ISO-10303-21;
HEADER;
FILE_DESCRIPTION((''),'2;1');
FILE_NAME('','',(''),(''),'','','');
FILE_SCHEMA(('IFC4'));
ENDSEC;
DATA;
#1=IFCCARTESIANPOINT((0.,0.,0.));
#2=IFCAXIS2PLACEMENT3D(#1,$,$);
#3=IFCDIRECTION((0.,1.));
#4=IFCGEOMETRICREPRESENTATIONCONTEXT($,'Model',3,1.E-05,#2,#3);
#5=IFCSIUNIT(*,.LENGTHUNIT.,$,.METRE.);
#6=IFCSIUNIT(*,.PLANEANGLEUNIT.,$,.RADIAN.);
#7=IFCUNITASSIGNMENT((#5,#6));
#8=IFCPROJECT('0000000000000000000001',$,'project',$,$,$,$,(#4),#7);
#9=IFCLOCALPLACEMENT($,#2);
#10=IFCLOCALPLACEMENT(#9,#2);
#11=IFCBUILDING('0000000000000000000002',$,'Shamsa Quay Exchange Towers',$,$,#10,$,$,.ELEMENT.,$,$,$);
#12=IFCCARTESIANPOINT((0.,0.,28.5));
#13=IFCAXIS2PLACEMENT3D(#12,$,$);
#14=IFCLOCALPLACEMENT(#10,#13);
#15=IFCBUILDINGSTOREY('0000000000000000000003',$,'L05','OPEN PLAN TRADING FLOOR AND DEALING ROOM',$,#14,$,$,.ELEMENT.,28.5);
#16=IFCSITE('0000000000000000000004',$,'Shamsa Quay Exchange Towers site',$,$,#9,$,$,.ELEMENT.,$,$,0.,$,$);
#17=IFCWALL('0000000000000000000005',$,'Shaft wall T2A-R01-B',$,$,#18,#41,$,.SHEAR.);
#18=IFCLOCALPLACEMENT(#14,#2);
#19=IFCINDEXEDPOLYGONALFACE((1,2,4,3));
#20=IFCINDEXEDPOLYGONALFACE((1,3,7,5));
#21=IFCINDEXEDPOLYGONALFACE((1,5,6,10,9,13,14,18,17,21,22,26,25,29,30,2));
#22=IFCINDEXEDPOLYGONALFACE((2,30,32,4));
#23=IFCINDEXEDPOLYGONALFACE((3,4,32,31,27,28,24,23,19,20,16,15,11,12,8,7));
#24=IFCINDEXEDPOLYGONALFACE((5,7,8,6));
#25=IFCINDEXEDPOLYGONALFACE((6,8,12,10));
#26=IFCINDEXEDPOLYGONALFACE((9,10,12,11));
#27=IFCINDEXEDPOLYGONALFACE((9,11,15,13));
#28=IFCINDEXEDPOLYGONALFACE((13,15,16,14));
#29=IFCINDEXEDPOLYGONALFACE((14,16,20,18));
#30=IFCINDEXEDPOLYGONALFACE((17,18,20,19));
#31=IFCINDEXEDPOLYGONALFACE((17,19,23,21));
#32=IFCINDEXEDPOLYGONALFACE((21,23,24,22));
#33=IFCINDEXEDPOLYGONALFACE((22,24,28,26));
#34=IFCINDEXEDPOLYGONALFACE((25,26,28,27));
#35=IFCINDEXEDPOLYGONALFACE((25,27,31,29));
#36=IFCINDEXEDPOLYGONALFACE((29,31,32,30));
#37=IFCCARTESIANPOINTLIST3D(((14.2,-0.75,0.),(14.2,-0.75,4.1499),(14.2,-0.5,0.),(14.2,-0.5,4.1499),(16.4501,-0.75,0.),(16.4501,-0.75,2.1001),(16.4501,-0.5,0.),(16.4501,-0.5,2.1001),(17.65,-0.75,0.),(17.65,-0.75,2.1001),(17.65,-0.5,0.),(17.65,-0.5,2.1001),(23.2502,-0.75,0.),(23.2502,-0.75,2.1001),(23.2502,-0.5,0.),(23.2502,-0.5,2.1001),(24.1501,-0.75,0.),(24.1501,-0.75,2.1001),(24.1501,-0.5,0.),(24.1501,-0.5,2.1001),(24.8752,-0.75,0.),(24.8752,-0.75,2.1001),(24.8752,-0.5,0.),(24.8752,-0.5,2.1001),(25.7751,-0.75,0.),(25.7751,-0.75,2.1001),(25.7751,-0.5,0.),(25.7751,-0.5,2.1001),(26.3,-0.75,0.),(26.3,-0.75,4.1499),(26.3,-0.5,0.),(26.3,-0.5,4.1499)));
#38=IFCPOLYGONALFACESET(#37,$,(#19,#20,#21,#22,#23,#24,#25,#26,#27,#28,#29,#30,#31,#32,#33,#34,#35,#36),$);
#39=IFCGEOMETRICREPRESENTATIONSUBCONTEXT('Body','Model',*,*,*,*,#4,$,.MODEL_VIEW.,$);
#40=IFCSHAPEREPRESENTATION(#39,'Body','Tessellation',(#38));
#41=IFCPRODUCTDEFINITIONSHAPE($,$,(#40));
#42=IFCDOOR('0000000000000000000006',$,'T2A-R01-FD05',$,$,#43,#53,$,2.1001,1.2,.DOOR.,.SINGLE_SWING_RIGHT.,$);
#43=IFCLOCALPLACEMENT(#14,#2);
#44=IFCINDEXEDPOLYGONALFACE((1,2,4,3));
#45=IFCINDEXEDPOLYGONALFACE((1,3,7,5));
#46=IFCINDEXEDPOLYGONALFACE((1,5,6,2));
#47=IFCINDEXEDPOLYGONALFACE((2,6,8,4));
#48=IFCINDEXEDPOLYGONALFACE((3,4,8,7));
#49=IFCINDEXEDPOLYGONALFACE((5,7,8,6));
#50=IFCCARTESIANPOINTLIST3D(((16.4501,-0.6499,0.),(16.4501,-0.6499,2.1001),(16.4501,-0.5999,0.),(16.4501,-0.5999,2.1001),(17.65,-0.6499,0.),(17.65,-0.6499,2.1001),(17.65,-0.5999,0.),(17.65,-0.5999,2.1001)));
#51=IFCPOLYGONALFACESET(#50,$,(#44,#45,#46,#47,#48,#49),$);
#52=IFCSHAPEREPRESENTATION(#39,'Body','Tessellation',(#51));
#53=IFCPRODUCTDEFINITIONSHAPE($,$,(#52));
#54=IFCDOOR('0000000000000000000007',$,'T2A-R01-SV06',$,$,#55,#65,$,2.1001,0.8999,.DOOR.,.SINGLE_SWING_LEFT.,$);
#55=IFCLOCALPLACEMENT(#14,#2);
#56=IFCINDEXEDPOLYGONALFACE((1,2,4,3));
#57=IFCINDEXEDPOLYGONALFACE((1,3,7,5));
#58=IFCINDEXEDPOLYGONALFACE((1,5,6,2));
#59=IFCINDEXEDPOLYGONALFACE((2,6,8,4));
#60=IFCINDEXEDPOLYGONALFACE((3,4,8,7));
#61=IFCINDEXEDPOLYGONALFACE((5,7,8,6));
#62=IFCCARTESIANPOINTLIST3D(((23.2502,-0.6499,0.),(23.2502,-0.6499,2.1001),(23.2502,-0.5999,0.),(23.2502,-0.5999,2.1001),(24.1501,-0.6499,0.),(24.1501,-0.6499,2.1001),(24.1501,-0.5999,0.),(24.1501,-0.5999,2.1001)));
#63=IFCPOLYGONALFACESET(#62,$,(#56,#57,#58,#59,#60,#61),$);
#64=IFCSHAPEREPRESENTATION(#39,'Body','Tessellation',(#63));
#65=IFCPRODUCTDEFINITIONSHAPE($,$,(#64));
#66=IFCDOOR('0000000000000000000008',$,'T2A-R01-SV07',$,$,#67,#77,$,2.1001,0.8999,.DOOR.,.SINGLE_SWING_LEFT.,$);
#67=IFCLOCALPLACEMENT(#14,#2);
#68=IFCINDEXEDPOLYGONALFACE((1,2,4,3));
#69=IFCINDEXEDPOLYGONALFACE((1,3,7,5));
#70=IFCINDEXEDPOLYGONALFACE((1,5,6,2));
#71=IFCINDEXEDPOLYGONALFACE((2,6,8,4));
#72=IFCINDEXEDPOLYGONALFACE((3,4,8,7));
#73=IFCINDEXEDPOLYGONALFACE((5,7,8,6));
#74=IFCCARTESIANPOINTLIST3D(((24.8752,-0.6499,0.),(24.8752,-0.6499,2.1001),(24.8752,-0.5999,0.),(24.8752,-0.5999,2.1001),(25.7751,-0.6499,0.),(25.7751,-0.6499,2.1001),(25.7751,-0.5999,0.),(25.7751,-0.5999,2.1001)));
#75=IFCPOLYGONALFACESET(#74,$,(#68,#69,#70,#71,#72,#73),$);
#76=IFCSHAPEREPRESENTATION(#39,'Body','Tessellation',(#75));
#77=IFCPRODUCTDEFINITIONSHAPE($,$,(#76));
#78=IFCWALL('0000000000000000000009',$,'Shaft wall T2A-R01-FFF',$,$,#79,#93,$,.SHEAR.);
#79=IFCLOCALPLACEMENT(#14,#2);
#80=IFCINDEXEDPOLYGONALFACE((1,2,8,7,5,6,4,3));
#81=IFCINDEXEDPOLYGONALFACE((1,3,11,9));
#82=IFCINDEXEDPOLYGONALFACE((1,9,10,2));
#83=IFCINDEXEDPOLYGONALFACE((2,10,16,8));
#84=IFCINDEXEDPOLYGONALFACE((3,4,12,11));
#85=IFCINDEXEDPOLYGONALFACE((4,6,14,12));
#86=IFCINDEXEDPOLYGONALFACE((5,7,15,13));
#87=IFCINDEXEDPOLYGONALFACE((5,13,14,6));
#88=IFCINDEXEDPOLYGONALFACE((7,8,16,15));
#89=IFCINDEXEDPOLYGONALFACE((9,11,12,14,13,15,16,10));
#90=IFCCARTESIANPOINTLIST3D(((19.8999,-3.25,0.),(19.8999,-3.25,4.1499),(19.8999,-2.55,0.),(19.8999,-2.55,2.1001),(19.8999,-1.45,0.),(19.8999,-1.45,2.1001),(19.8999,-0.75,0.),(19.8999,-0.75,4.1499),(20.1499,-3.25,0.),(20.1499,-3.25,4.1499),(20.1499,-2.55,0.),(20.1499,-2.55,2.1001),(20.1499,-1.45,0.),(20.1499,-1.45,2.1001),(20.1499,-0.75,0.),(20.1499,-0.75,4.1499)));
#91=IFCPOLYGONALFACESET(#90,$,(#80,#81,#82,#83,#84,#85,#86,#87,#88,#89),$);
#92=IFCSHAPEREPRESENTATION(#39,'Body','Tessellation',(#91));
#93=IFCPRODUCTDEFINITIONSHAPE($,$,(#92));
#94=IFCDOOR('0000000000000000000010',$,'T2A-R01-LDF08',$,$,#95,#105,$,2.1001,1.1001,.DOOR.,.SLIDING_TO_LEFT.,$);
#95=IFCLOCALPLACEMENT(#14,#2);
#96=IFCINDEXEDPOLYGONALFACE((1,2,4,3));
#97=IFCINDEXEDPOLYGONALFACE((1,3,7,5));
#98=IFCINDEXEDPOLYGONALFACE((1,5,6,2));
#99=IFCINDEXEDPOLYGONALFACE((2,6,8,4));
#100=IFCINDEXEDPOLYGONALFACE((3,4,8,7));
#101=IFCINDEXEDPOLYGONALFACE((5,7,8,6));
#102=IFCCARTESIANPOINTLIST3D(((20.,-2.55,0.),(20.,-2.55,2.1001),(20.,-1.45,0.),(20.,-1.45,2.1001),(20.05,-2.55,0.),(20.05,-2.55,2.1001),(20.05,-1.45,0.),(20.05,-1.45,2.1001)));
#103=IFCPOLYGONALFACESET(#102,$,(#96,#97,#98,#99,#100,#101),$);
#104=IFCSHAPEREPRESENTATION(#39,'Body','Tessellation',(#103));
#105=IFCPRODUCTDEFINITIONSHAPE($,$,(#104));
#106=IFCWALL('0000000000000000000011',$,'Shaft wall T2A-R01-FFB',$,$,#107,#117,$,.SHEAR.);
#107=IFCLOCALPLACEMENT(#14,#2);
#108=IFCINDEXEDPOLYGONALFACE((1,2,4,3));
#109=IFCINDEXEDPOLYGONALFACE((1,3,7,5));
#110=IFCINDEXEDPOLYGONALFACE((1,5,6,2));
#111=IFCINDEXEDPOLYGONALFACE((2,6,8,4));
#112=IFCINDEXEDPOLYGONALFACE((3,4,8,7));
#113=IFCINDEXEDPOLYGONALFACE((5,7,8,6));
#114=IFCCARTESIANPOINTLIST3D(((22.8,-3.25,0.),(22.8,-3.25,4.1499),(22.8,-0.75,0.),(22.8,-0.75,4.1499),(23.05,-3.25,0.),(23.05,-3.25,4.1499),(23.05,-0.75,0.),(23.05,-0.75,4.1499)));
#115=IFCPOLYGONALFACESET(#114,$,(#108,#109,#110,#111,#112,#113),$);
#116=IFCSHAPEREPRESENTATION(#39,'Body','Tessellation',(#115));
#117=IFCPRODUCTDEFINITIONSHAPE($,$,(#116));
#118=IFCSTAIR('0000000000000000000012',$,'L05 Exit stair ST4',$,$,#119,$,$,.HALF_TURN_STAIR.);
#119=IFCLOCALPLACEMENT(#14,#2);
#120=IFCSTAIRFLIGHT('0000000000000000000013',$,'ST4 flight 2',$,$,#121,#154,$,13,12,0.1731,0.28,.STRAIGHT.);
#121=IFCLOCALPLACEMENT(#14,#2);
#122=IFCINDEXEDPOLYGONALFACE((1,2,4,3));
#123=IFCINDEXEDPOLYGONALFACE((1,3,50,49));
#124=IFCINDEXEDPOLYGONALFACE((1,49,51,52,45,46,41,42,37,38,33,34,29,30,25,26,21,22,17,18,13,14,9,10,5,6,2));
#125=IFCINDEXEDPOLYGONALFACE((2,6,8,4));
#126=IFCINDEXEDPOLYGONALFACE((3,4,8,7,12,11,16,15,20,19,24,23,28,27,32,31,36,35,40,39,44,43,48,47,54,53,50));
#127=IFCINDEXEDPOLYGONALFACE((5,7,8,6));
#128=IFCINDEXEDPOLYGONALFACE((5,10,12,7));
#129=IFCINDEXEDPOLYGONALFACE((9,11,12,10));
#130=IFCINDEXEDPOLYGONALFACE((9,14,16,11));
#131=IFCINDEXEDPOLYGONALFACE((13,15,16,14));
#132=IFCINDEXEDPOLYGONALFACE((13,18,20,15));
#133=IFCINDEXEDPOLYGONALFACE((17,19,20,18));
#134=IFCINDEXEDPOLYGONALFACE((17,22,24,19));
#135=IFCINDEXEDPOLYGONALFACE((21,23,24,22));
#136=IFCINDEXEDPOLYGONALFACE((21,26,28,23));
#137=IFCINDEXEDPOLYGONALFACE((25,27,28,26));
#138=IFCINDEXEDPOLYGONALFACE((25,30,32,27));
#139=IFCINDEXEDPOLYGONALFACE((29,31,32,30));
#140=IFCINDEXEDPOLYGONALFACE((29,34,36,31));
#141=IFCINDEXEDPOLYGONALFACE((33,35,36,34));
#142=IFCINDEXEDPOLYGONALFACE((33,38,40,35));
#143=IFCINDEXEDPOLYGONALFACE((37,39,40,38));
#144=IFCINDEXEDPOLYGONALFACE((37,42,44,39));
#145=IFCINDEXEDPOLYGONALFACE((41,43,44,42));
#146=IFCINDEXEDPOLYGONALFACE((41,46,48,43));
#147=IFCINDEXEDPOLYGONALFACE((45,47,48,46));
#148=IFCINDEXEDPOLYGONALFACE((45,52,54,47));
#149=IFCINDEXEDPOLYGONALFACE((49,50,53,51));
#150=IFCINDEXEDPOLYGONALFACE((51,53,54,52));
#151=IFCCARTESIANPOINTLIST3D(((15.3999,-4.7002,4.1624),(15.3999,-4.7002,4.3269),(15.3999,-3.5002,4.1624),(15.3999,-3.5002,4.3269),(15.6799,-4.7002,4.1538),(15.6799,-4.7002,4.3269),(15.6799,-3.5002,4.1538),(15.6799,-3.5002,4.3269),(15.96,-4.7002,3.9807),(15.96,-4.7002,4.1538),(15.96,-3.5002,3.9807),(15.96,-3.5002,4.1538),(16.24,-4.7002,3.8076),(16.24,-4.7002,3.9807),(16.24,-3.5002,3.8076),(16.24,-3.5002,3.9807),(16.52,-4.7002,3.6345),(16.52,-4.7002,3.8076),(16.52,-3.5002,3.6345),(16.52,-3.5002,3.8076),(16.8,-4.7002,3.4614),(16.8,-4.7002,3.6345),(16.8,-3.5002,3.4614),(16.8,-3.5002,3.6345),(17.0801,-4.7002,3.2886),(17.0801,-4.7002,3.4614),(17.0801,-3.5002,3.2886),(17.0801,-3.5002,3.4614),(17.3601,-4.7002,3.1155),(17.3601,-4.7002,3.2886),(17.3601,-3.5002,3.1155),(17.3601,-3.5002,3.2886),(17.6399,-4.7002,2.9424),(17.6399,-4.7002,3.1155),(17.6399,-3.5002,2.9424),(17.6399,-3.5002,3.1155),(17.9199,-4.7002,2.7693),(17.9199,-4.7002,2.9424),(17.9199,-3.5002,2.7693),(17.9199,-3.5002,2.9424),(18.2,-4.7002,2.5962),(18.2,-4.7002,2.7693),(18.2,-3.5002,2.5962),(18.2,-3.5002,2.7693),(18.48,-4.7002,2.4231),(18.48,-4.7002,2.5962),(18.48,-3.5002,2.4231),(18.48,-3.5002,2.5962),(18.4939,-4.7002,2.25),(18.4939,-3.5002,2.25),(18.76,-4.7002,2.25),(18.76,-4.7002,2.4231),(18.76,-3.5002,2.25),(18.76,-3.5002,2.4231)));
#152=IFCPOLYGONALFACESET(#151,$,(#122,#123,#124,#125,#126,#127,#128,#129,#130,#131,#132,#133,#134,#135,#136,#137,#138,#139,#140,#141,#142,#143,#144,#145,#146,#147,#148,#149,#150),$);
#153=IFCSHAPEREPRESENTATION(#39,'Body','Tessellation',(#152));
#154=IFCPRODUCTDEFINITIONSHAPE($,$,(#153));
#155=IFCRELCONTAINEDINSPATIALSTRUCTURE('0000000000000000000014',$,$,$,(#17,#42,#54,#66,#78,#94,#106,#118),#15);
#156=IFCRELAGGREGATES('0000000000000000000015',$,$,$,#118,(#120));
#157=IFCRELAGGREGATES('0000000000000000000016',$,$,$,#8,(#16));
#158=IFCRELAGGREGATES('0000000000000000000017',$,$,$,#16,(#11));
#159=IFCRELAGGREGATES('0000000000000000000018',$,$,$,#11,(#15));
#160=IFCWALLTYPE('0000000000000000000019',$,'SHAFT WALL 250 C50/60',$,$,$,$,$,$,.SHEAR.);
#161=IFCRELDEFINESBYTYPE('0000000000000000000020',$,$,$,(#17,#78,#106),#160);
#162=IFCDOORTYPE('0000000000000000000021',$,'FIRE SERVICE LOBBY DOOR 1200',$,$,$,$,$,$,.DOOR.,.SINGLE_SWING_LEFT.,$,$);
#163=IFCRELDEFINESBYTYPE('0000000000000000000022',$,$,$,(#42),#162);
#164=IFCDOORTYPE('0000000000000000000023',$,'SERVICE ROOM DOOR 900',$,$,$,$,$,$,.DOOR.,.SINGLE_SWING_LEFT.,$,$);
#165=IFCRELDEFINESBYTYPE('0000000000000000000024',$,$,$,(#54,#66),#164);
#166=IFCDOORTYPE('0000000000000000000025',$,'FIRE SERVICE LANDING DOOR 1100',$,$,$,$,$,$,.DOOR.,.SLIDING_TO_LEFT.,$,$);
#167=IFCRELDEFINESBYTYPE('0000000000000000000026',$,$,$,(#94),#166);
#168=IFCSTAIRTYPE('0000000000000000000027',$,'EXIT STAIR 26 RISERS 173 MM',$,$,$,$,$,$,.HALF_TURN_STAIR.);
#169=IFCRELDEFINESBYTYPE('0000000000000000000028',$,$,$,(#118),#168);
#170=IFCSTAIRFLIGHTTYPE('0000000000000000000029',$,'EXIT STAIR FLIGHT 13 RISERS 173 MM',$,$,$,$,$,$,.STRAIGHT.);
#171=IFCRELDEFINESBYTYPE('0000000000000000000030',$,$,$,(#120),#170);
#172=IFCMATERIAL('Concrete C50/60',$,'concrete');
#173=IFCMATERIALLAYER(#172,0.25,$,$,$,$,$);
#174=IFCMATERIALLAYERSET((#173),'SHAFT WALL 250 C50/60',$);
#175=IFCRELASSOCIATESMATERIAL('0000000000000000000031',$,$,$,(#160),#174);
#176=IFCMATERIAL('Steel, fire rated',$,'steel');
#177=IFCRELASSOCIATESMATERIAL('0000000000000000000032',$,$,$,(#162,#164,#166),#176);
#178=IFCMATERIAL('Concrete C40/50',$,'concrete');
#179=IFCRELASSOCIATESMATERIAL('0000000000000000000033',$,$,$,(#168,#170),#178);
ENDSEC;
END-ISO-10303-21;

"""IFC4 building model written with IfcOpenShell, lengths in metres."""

from ifc_helpers import new_model, si_unit, direction, frame, frame_2d, origin, place, context, subcontext, project, spatial, polyline, rectangle, outline, extrude, material, layer, layer_set, type_object, element, fill, aggregate, save


model = new_model("IFC4")

# Units and contexts
model_context = context("Model", 3, precision=1e-05, world=origin(), true_north=direction((0.0, 1.0)))
body_context = subcontext(model_context, "Body", "Model", "MODEL_VIEW")
ifc_project = project(units=[si_unit("LENGTHUNIT", "METRE"), si_unit("PLANEANGLEUNIT", "RADIAN")], contexts=[model_context])

# Site, building, storey
site_placement = place(None, origin())
site = spatial("IfcSite", under=ifc_project, at=site_placement, Name="Shamsa Quay Exchange Towers site", CompositionType="ELEMENT", RefElevation=0.0)
building_placement = place(site_placement, origin())
building = spatial("IfcBuilding", under=site, at=building_placement, Name="Shamsa Quay Exchange Towers", CompositionType="ELEMENT")
storey_placement = place(building_placement, frame((0.0, 0.0, 28.5)))
storey = spatial("IfcBuildingStorey", under=building, at=storey_placement, Name="L05", Description="OPEN PLAN TRADING FLOOR AND DEALING ROOM", CompositionType="ELEMENT", Elevation=28.5)

# Shared definitions
ifc_material_1 = material(Name="Concrete C50/60", Category="concrete")
ifc_layer_1 = layer(ifc_material_1, 0.25)
ifc_layer_set_1 = layer_set([ifc_layer_1], Name="SHAFT WALL 250 C50/60")
wall_type_1 = type_object("IfcWallType", Name="SHAFT WALL 250 C50/60", PredefinedType="SHEAR", material=ifc_layer_set_1)
ifc_material_2 = material(Name="Steel, fire rated", Category="steel")

# Wall, openings, doors
wall_1_placement = place(storey_placement, frame((26.3, -0.625, 0.0), z_axis=(0.0, 0.0, 1.0), x_axis=(-1.0, 0.0, 0.0)))
wall_1 = element("IfcWall", 1, at=wall_1_placement, inside=storey, type_object=wall_type_1, Name="Shaft wall T2A-R01-B", PredefinedType="SHEAR", context=body_context, shape_type="SweptSolid", body=[
    extrude(rectangle(XDim=12.1001, YDim=0.25, at=frame_2d((6.05, 0.0))), origin(), (0.0, 0.0, 1.0), 4.1499),
])
opening_1_placement = place(wall_1_placement, frame((8.6499, 0.0, 0.0)))
opening_1 = element("IfcOpeningElement", 2, at=opening_1_placement, cuts=wall_1, PredefinedType="OPENING", context=body_context, shape_type="SweptSolid", body=[
    extrude(rectangle(XDim=1.2, YDim=2.1001, at=frame_2d((0.6001, 1.05))), frame((0.0, 0.135, 0.0), z_axis=(0.0, -1.0, 0.0), x_axis=(1.0, 0.0, 0.0)), (0.0, 0.0, 1.0), 0.27),
])
opening_2_placement = place(wall_1_placement, frame((2.1499, 0.0, 0.0)))
opening_2 = element("IfcOpeningElement", 3, at=opening_2_placement, cuts=wall_1, PredefinedType="OPENING", context=body_context, shape_type="SweptSolid", body=[
    extrude(rectangle(XDim=0.8999, YDim=2.1001, at=frame_2d((0.45, 1.05))), frame((0.0, 0.135, 0.0), z_axis=(0.0, -1.0, 0.0), x_axis=(1.0, 0.0, 0.0)), (0.0, 0.0, 1.0), 0.27),
])
opening_3_placement = place(wall_1_placement, frame((0.5249, 0.0, 0.0)))
opening_3 = element("IfcOpeningElement", 4, at=opening_3_placement, cuts=wall_1, PredefinedType="OPENING", context=body_context, shape_type="SweptSolid", body=[
    extrude(rectangle(XDim=0.8999, YDim=2.1001, at=frame_2d((0.45, 1.05))), frame((0.0, 0.135, 0.0), z_axis=(0.0, -1.0, 0.0), x_axis=(1.0, 0.0, 0.0)), (0.0, 0.0, 1.0), 0.27),
])
door_type_1 = type_object("IfcDoorType", Name="FIRE SERVICE LOBBY DOOR 1200", OperationType="SINGLE_SWING_LEFT", PredefinedType="DOOR", material=ifc_material_2)
door_1_placement = place(opening_1_placement, origin())
door_1 = element("IfcDoor", 5, at=door_1_placement, inside=storey, type_object=door_type_1, Name="T2A-R01-FD05", OperationType="SINGLE_SWING_RIGHT", OverallHeight=2.1001, OverallWidth=1.2, PredefinedType="DOOR", context=body_context, shape_type="SweptSolid", body=[
    extrude(rectangle(XDim=1.2, YDim=2.1001, at=frame_2d((0.6001, 1.05))), frame((0.0, 0.0249, 0.0), z_axis=(0.0, -1.0, 0.0), x_axis=(1.0, 0.0, 0.0)), (0.0, 0.0, 1.0), 0.05),
])
fill(opening_1, door_1)
door_type_2 = type_object("IfcDoorType", Name="SERVICE ROOM DOOR 900", OperationType="SINGLE_SWING_LEFT", PredefinedType="DOOR", material=ifc_material_2)
door_2_placement = place(opening_2_placement, origin())
door_2 = element("IfcDoor", 6, at=door_2_placement, inside=storey, type_object=door_type_2, Name="T2A-R01-SV06", OperationType="SINGLE_SWING_LEFT", OverallHeight=2.1001, OverallWidth=0.8999, PredefinedType="DOOR", context=body_context, shape_type="SweptSolid", body=[
    extrude(rectangle(XDim=0.8999, YDim=2.1001, at=frame_2d((0.45, 1.05))), frame((0.0, 0.0249, 0.0), z_axis=(0.0, -1.0, 0.0), x_axis=(1.0, 0.0, 0.0)), (0.0, 0.0, 1.0), 0.05),
])
fill(opening_2, door_2)
door_3_placement = place(opening_3_placement, origin())
door_3 = element("IfcDoor", 7, at=door_3_placement, inside=storey, type_object=door_type_2, Name="T2A-R01-SV07", OperationType="SINGLE_SWING_LEFT", OverallHeight=2.1001, OverallWidth=0.8999, PredefinedType="DOOR", context=body_context, shape_type="SweptSolid", body=[
    extrude(rectangle(XDim=0.8999, YDim=2.1001, at=frame_2d((0.45, 1.05))), frame((0.0, 0.0249, 0.0), z_axis=(0.0, -1.0, 0.0), x_axis=(1.0, 0.0, 0.0)), (0.0, 0.0, 1.0), 0.05),
])
fill(opening_3, door_3)

# Wall, opening, door
wall_2_placement = place(storey_placement, frame((20.0249, -3.25, 0.0), z_axis=(0.0, 0.0, 1.0), x_axis=(0.0, 1.0, 0.0)))
wall_2 = element("IfcWall", 8, at=wall_2_placement, inside=storey, type_object=wall_type_1, Name="Shaft wall T2A-R01-FFF", PredefinedType="SHEAR", context=body_context, shape_type="SweptSolid", body=[
    extrude(rectangle(XDim=2.5, YDim=0.25, at=frame_2d((1.25, 0.0))), origin(), (0.0, 0.0, 1.0), 4.1499),
])
opening_4_placement = place(wall_2_placement, frame((0.7, 0.0, 0.0)))
opening_4 = element("IfcOpeningElement", 9, at=opening_4_placement, cuts=wall_2, PredefinedType="OPENING", context=body_context, shape_type="SweptSolid", body=[
    extrude(rectangle(XDim=1.1001, YDim=2.1001, at=frame_2d((0.55, 1.05))), frame((0.0, 0.135, 0.0), z_axis=(0.0, -1.0, 0.0), x_axis=(1.0, 0.0, 0.0)), (0.0, 0.0, 1.0), 0.27),
])
door_type_3 = type_object("IfcDoorType", Name="FIRE SERVICE LANDING DOOR 1100", OperationType="SLIDING_TO_LEFT", PredefinedType="DOOR", material=ifc_material_2)
door_4_placement = place(opening_4_placement, origin())
door_4 = element("IfcDoor", 10, at=door_4_placement, inside=storey, type_object=door_type_3, Name="T2A-R01-LDF08", OperationType="SLIDING_TO_LEFT", OverallHeight=2.1001, OverallWidth=1.1001, PredefinedType="DOOR", context=body_context, shape_type="SweptSolid", body=[
    extrude(rectangle(XDim=1.1001, YDim=2.1001, at=frame_2d((0.55, 1.05))), frame((0.0, 0.0249, 0.0), z_axis=(0.0, -1.0, 0.0), x_axis=(1.0, 0.0, 0.0)), (0.0, 0.0, 1.0), 0.05),
])
fill(opening_4, door_4)

# Wall
wall_3_placement = place(storey_placement, frame((22.925, -3.25, 0.0), z_axis=(0.0, 0.0, 1.0), x_axis=(0.0, 1.0, 0.0)))
element("IfcWall", 11, at=wall_3_placement, inside=storey, type_object=wall_type_1, Name="Shaft wall T2A-R01-FFB", PredefinedType="SHEAR", context=body_context, shape_type="SweptSolid", body=[
    extrude(rectangle(XDim=2.5, YDim=0.25, at=frame_2d((1.25, 0.0))), origin(), (0.0, 0.0, 1.0), 4.1499),
])

# Stair, stair flight
ifc_material_3 = material(Name="Concrete C40/50", Category="concrete")
stair_type = type_object("IfcStairType", Name="EXIT STAIR 26 RISERS 173 MM", PredefinedType="HALF_TURN_STAIR", material=ifc_material_3)
stair_placement = place(storey_placement, origin())
stair = element("IfcStair", 12, at=stair_placement, inside=storey, type_object=stair_type, Name="L05 Exit stair ST4", PredefinedType="HALF_TURN_STAIR")
stair_flight_type = type_object("IfcStairFlightType", Name="EXIT STAIR FLIGHT 13 RISERS 173 MM", PredefinedType="STRAIGHT", material=ifc_material_3)
stair_flight_placement = place(storey_placement, frame((18.76, -4.1001, 2.25), z_axis=(0.0, 0.0, 1.0), x_axis=(-1.0, 0.0, 0.0)))
stair_flight = element("IfcStairFlight", 13, at=stair_flight_placement, type_object=stair_flight_type, Name="ST4 flight 2", NumberOfRisers=13, NumberOfTreads=12, PredefinedType="STRAIGHT", RiserHeight=0.1731, TreadLength=0.28, context=body_context, shape_type="SweptSolid", body=[
    extrude(outline(polyline([(0.0, 0.0), (0.0, 0.1731), (0.28, 0.1731), (0.28, 0.3462), (0.5601, 0.3462), (0.5601, 0.5193), (0.8401, 0.5193), (0.8401, 0.6924), (1.1201, 0.6924), (1.1201, 0.8655), (1.3999, 0.8655), (1.3999, 1.0386), (1.6799, 1.0386), (1.6799, 1.2114), (1.96, 1.2114), (1.96, 1.3845), (2.24, 1.3845), (2.24, 1.5576), (2.52, 1.5576), (2.52, 1.7307), (2.8, 1.7307), (2.8, 1.9038), (3.0801, 1.9038), (3.0801, 2.0769), (3.3601, 2.0769), (3.3601, 2.25), (3.3601, 1.9124), (0.2661, 0.0), (0.0, 0.0)])), frame((0.0, 0.6001, 0.0), z_axis=(0.0, -1.0, 0.0), x_axis=(1.0, 0.0, 0.0)), (0.0, 0.0, 1.0), 1.2),
])
aggregate(stair, [stair_flight])

save(model, "model.ifc")
